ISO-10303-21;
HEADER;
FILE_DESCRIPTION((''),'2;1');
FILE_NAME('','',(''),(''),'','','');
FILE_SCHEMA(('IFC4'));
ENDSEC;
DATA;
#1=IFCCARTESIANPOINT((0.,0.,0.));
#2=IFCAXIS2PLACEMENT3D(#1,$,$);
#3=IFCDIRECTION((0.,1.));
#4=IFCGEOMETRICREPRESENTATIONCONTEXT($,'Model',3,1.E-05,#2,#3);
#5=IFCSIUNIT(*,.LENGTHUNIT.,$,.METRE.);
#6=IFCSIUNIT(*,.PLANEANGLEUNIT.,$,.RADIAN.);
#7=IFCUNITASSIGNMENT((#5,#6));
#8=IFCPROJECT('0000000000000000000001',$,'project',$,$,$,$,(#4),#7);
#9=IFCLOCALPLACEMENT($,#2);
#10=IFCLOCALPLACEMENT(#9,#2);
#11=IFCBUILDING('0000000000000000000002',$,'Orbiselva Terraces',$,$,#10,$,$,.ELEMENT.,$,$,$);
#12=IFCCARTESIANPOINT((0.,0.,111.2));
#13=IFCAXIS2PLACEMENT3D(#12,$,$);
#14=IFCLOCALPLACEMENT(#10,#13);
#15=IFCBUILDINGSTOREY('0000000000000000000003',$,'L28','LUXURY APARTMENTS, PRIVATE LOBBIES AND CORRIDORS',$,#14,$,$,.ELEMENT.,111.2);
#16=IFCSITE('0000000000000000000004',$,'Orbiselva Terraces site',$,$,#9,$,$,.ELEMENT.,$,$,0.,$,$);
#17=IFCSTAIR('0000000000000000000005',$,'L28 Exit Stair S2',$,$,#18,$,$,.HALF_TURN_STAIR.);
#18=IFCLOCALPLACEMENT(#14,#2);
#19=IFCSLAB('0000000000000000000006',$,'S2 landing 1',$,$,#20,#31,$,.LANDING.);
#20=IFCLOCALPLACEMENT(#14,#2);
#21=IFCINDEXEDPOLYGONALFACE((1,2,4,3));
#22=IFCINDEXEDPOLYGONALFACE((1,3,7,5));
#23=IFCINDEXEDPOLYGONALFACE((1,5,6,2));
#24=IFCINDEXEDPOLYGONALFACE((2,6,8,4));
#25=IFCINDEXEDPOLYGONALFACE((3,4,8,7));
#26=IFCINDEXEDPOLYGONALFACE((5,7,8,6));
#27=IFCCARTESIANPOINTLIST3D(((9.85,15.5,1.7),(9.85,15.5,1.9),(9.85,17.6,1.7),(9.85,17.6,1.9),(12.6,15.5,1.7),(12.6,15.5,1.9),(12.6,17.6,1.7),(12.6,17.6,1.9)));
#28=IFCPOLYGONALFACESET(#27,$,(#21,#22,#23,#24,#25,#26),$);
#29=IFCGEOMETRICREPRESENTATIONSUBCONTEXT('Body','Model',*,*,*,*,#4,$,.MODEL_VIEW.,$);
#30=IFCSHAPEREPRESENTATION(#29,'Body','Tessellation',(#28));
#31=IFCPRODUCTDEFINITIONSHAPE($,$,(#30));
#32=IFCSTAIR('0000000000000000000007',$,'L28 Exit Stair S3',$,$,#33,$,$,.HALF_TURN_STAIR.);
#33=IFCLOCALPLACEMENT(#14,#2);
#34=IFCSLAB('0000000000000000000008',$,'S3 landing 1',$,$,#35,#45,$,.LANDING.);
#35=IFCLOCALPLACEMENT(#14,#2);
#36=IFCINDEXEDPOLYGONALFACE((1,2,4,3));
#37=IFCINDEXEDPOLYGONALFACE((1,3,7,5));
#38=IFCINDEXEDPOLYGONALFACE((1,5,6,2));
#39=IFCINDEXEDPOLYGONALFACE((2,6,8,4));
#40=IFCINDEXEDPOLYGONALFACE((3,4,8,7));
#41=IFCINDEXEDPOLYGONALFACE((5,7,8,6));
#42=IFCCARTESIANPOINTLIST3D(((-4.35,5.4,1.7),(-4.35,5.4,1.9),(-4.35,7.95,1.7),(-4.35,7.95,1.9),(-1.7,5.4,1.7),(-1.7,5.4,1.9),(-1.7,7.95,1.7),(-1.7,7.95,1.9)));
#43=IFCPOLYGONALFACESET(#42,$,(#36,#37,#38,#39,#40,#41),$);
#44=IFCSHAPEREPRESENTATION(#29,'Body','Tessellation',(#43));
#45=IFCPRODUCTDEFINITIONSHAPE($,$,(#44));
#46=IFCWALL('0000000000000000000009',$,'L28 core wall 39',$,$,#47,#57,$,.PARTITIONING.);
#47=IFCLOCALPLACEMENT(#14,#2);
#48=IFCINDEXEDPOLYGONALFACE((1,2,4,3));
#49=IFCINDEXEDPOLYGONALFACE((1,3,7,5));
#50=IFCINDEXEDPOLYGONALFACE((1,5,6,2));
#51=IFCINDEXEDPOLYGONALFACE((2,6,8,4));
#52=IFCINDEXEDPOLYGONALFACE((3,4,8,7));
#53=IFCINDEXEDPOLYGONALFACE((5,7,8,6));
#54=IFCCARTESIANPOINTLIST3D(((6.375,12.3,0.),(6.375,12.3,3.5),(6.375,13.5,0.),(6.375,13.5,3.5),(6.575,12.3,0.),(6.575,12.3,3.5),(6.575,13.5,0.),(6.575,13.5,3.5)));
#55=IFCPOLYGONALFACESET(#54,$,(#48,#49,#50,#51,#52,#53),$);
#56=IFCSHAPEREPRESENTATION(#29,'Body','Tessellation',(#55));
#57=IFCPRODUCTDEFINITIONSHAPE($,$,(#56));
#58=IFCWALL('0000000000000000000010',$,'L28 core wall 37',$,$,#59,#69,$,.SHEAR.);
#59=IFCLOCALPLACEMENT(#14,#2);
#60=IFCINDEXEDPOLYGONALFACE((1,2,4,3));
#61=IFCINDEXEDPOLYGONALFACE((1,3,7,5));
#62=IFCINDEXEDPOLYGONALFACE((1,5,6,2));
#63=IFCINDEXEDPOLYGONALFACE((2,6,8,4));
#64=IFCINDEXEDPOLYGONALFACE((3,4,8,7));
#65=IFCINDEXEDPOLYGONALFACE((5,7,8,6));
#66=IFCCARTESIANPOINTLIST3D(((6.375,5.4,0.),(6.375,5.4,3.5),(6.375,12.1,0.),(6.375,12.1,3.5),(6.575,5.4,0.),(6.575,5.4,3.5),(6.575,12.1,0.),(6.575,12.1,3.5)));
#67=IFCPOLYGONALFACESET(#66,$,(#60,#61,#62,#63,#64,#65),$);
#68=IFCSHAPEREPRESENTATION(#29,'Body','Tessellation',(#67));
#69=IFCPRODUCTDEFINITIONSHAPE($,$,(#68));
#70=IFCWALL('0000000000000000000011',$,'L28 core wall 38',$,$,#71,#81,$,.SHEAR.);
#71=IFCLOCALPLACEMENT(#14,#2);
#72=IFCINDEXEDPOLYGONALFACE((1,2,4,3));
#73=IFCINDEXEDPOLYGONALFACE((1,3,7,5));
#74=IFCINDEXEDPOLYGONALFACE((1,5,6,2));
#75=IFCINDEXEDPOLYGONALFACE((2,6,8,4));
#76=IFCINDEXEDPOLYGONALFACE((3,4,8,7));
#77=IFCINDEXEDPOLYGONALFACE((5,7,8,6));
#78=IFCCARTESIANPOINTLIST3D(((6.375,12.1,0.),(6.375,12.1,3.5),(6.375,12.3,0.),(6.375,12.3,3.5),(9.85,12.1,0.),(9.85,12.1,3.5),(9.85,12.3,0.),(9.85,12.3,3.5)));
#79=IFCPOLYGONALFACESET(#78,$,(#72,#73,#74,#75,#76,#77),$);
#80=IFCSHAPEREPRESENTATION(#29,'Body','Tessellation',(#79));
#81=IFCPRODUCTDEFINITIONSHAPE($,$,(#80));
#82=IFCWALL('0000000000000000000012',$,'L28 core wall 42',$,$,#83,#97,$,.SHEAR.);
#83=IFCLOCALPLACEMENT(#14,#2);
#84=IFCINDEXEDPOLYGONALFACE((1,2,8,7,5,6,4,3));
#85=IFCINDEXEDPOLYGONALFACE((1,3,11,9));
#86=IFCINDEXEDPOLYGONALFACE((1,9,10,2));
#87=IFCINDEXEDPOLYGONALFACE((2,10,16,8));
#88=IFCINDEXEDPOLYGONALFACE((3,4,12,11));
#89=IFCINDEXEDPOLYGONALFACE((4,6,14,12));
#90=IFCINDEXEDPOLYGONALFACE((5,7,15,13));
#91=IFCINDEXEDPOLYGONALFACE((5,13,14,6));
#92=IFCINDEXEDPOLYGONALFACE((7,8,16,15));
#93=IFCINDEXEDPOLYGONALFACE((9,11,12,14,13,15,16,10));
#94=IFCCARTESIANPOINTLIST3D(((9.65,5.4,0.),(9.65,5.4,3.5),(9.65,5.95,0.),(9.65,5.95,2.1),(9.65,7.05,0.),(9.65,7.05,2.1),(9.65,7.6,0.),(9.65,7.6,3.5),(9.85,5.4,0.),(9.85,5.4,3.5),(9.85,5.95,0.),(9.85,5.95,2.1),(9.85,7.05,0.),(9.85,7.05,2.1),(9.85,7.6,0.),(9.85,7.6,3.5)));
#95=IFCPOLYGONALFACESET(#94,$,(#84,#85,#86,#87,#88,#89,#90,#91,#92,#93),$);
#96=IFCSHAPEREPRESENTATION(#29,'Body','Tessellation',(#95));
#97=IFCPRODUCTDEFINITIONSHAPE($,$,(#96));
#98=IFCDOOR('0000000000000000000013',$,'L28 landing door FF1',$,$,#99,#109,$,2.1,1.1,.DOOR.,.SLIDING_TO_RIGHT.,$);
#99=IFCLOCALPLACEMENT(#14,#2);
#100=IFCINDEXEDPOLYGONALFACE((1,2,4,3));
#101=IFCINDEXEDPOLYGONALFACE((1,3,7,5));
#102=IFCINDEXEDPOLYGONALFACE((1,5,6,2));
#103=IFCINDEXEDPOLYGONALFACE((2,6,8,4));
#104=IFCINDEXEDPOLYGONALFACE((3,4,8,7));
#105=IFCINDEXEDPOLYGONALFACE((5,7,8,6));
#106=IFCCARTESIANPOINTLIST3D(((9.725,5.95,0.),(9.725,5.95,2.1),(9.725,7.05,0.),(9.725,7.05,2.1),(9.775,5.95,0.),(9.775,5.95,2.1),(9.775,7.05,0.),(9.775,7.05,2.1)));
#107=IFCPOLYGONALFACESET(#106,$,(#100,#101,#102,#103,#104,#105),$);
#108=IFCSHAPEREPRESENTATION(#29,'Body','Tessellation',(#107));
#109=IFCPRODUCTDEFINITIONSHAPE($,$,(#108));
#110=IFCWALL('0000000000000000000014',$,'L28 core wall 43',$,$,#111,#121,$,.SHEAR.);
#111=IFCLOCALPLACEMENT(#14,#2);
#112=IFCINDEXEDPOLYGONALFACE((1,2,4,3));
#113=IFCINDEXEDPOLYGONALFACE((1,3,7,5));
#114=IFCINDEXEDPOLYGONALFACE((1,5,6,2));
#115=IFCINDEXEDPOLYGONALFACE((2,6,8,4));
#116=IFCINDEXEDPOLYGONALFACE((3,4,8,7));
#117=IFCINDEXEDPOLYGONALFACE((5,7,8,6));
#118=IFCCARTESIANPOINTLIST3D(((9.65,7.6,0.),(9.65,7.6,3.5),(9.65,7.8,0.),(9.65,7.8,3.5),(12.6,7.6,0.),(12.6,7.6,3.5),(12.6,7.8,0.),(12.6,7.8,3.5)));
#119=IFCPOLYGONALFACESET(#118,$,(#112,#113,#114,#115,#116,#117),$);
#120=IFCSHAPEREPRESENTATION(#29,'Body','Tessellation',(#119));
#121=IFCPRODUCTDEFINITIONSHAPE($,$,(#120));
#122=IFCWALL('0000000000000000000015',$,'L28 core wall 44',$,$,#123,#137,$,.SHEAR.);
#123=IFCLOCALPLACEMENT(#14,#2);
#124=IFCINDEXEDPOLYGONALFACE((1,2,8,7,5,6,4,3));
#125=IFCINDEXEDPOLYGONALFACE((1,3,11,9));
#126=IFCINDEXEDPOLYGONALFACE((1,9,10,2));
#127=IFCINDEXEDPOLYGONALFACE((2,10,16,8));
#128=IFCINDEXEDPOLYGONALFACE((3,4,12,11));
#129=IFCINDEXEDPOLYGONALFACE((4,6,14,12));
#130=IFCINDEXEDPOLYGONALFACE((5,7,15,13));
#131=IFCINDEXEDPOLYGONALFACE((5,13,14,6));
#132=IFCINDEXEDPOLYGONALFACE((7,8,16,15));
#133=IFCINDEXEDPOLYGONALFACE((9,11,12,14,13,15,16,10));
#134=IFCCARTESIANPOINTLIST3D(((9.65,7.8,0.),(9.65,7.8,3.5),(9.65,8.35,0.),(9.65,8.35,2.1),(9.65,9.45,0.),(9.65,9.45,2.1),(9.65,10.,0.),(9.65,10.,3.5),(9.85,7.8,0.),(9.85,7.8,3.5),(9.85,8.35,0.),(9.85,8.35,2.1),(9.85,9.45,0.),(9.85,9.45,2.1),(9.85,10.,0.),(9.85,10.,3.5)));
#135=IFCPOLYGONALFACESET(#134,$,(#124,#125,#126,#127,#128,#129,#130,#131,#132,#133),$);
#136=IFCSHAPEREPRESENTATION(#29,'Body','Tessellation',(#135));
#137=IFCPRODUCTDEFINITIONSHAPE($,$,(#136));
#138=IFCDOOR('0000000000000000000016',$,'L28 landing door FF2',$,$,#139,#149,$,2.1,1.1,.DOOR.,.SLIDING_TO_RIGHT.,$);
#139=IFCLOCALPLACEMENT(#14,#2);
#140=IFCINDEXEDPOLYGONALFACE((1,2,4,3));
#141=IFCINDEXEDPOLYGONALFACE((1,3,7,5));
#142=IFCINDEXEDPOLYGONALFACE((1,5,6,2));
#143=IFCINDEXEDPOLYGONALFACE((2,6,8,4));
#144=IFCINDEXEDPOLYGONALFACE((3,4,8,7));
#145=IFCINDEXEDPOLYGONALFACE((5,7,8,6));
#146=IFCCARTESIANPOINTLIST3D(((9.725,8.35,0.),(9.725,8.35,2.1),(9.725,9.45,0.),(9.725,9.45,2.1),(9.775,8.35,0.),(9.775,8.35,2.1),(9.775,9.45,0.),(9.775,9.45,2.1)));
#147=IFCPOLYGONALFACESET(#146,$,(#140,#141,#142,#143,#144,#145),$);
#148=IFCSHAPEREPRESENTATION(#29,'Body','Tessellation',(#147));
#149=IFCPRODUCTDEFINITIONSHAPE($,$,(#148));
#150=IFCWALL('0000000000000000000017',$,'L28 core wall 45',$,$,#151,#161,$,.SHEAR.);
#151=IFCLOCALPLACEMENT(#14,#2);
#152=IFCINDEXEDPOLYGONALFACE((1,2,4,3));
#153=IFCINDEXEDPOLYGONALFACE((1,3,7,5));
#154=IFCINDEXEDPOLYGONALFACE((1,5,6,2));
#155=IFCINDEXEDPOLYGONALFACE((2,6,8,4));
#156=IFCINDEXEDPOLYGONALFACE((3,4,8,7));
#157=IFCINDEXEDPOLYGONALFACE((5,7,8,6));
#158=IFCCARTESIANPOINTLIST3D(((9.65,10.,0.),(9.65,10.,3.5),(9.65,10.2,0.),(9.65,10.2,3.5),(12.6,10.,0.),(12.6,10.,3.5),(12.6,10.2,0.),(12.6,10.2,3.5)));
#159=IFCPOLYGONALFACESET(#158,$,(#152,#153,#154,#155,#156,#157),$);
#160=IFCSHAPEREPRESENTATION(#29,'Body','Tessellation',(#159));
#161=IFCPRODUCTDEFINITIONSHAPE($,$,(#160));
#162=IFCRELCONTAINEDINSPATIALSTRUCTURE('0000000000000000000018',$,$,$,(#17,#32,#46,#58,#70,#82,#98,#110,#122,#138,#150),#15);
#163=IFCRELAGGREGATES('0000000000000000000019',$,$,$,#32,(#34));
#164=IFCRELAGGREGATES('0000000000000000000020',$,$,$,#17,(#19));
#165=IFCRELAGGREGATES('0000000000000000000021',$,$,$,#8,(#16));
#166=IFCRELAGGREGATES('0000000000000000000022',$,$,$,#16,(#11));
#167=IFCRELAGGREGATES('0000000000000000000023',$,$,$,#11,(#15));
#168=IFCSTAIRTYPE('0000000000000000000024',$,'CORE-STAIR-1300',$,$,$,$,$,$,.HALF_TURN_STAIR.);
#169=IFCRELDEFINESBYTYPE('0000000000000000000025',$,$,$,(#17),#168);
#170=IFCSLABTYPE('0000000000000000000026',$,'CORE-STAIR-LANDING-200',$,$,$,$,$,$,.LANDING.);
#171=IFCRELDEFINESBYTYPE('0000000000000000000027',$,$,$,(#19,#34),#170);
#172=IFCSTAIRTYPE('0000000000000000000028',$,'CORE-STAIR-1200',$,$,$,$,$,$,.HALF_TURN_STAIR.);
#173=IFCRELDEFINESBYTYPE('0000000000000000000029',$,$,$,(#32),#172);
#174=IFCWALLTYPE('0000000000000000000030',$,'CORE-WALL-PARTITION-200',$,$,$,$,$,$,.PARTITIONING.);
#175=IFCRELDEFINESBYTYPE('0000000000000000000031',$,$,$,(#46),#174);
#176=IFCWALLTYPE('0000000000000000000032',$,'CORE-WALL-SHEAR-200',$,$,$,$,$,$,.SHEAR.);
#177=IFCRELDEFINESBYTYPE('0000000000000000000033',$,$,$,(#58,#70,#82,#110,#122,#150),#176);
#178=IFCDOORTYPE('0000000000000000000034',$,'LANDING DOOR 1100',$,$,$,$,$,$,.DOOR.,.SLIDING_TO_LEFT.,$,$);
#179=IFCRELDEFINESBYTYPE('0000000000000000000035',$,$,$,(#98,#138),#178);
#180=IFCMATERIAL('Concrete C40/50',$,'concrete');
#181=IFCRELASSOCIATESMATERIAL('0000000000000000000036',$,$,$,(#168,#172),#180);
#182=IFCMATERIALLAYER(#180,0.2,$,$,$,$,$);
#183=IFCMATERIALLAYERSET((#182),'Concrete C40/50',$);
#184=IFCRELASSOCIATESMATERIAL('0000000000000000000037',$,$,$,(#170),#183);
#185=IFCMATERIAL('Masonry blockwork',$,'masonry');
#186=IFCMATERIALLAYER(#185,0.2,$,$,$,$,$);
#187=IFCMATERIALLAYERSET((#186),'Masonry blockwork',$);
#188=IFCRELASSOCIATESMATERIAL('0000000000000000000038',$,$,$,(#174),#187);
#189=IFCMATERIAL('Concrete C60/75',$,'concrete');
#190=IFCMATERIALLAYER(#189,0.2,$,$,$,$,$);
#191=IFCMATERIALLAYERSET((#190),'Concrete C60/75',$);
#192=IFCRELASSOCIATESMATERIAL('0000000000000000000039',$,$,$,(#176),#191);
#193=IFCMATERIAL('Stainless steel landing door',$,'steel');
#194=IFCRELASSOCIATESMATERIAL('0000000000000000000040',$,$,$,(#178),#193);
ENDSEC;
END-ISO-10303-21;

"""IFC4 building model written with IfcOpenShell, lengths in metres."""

from ifc_helpers import new_model, si_unit, direction, frame, frame_2d, origin, place, context, subcontext, project, spatial, polyline, rectangle, outline, extrude, material, layer, layer_set, type_object, element, fill, aggregate, save


model = new_model("IFC4")

# Units and contexts
model_context = context("Model", 3, precision=1e-05, world=origin(), true_north=direction((0.0, 1.0)))
body_context = subcontext(model_context, "Body", "Model", "MODEL_VIEW")
ifc_project = project(units=[si_unit("LENGTHUNIT", "METRE"), si_unit("PLANEANGLEUNIT", "RADIAN")], contexts=[model_context])

# Site, building, storey
site_placement = place(None, origin())
site = spatial("IfcSite", under=ifc_project, at=site_placement, Name="Orbiselva Terraces site", CompositionType="ELEMENT", RefElevation=0.0)
building_placement = place(site_placement, origin())
building = spatial("IfcBuilding", under=site, at=building_placement, Name="Orbiselva Terraces", CompositionType="ELEMENT")
storey_placement = place(building_placement, frame((0.0, 0.0, 111.2)))
storey = spatial("IfcBuildingStorey", under=building, at=storey_placement, Name="L28", Description="LUXURY APARTMENTS, PRIVATE LOBBIES AND CORRIDORS", CompositionType="ELEMENT", Elevation=111.2)

# Stairs, slabs
ifc_material_1 = material(Name="Concrete C40/50", Category="concrete")
stair_type_1 = type_object("IfcStairType", Name="CORE-STAIR-1300", PredefinedType="HALF_TURN_STAIR", material=ifc_material_1)
stair_1_placement = place(storey_placement, origin())
stair_1 = element("IfcStair", 1, at=stair_1_placement, inside=storey, type_object=stair_type_1, Name="L28 Exit Stair S2", PredefinedType="HALF_TURN_STAIR")
ifc_layer_1 = layer(ifc_material_1, 0.2)
ifc_layer_set_1 = layer_set([ifc_layer_1], Name="Concrete C40/50")
slab_type = type_object("IfcSlabType", Name="CORE-STAIR-LANDING-200", PredefinedType="LANDING", material=ifc_layer_set_1)
slab_1_placement = place(storey_placement, frame((0.0, 0.0, 1.7)))
slab_1 = element("IfcSlab", 2, at=slab_1_placement, type_object=slab_type, Name="S2 landing 1", PredefinedType="LANDING", context=body_context, shape_type="SweptSolid", body=[
    extrude(outline(polyline([(12.6, 15.5), (12.6, 17.6), (9.85, 17.6), (9.85, 15.5), (12.6, 15.5)])), origin(), (0.0, 0.0, 1.0), 0.2),
])
stair_type_2 = type_object("IfcStairType", Name="CORE-STAIR-1200", PredefinedType="HALF_TURN_STAIR", material=ifc_material_1)
stair_2_placement = place(storey_placement, origin())
stair_2 = element("IfcStair", 3, at=stair_2_placement, inside=storey, type_object=stair_type_2, Name="L28 Exit Stair S3", PredefinedType="HALF_TURN_STAIR")
slab_2_placement = place(storey_placement, frame((0.0, 0.0, 1.7)))
slab_2 = element("IfcSlab", 4, at=slab_2_placement, type_object=slab_type, Name="S3 landing 1", PredefinedType="LANDING", context=body_context, shape_type="SweptSolid", body=[
    extrude(outline(polyline([(-4.35, 5.4), (-1.7, 5.4), (-1.7, 7.95), (-4.35, 7.95), (-4.35, 5.4)])), origin(), (0.0, 0.0, 1.0), 0.2),
])
aggregate(stair_2, [slab_2])

# Walls
ifc_material_2 = material(Name="Masonry blockwork", Category="masonry")
ifc_layer_2 = layer(ifc_material_2, 0.2)
ifc_layer_set_2 = layer_set([ifc_layer_2], Name="Masonry blockwork")
wall_type_1 = type_object("IfcWallType", Name="CORE-WALL-PARTITION-200", PredefinedType="PARTITIONING", material=ifc_layer_set_2)
wall_1_placement = place(storey_placement, frame((6.475, 12.3, 0.0), z_axis=(0.0, 0.0, 1.0), x_axis=(0.0, 1.0, 0.0)))
element("IfcWall", 5, at=wall_1_placement, inside=storey, type_object=wall_type_1, Name="L28 core wall 39", PredefinedType="PARTITIONING", context=body_context, shape_type="SweptSolid", body=[
    extrude(rectangle(XDim=1.2, YDim=0.2, at=frame_2d((0.6, 0.0))), origin(), (0.0, 0.0, 1.0), 3.5),
])
ifc_material_3 = material(Name="Concrete C60/75", Category="concrete")
ifc_layer_3 = layer(ifc_material_3, 0.2)
ifc_layer_set_3 = layer_set([ifc_layer_3], Name="Concrete C60/75")
wall_type_2 = type_object("IfcWallType", Name="CORE-WALL-SHEAR-200", PredefinedType="SHEAR", material=ifc_layer_set_3)
wall_2_placement = place(storey_placement, frame((6.475, 5.4, 0.0), z_axis=(0.0, 0.0, 1.0), x_axis=(0.0, 1.0, 0.0)))
element("IfcWall", 6, at=wall_2_placement, inside=storey, type_object=wall_type_2, Name="L28 core wall 37", PredefinedType="SHEAR", context=body_context, shape_type="SweptSolid", body=[
    extrude(rectangle(XDim=6.7, YDim=0.2, at=frame_2d((3.35, 0.0))), origin(), (0.0, 0.0, 1.0), 3.5),
])
wall_3_placement = place(storey_placement, frame((6.375, 12.2, 0.0), z_axis=(0.0, 0.0, 1.0), x_axis=(1.0, 0.0, 0.0)))
element("IfcWall", 7, at=wall_3_placement, inside=storey, type_object=wall_type_2, Name="L28 core wall 38", PredefinedType="SHEAR", context=body_context, shape_type="SweptSolid", body=[
    extrude(rectangle(XDim=3.475, YDim=0.2, at=frame_2d((1.7375, 0.0))), origin(), (0.0, 0.0, 1.0), 3.5),
])

# Wall, opening, door
wall_4_placement = place(storey_placement, frame((9.75, 5.4, 0.0), z_axis=(0.0, 0.0, 1.0), x_axis=(0.0, 1.0, 0.0)))
wall_4 = element("IfcWall", 8, at=wall_4_placement, inside=storey, type_object=wall_type_2, Name="L28 core wall 42", PredefinedType="SHEAR", context=body_context, shape_type="SweptSolid", body=[
    extrude(rectangle(XDim=2.2, YDim=0.2, at=frame_2d((1.1, 0.0))), origin(), (0.0, 0.0, 1.0), 3.5),
])
opening_1_placement = place(wall_4_placement, frame((0.55, 0.0, 0.0)))
opening_1 = element("IfcOpeningElement", 9, at=opening_1_placement, cuts=wall_4, PredefinedType="OPENING", context=body_context, shape_type="SweptSolid", body=[
    extrude(rectangle(XDim=1.1, YDim=2.1, at=frame_2d((0.55, 1.05))), frame((0.0, 0.11, 0.0), z_axis=(0.0, -1.0, 0.0), x_axis=(1.0, 0.0, 0.0)), (0.0, 0.0, 1.0), 0.22),
])
ifc_material_4 = material(Name="Stainless steel landing door", Category="steel")
door_type_1 = type_object("IfcDoorType", Name="LANDING DOOR 1100", OperationType="SLIDING_TO_LEFT", PredefinedType="DOOR", material=ifc_material_4)
door_1_placement = place(opening_1_placement, origin())
door_1 = element("IfcDoor", 10, at=door_1_placement, inside=storey, type_object=door_type_1, Name="L28 landing door FF1", OperationType="SLIDING_TO_RIGHT", OverallHeight=2.1, OverallWidth=1.1, PredefinedType="DOOR", context=body_context, shape_type="SweptSolid", body=[
    extrude(rectangle(XDim=1.1, YDim=2.1, at=frame_2d((0.55, 1.05))), frame((0.0, 0.025, 0.0), z_axis=(0.0, -1.0, 0.0), x_axis=(1.0, 0.0, 0.0)), (0.0, 0.0, 1.0), 0.05),
])
fill(opening_1, door_1)

# Wall
wall_5_placement = place(storey_placement, frame((9.65, 7.7, 0.0), z_axis=(0.0, 0.0, 1.0), x_axis=(1.0, 0.0, 0.0)))
element("IfcWall", 11, at=wall_5_placement, inside=storey, type_object=wall_type_2, Name="L28 core wall 43", PredefinedType="SHEAR", context=body_context, shape_type="SweptSolid", body=[
    extrude(rectangle(XDim=2.95, YDim=0.2, at=frame_2d((1.475, 0.0))), origin(), (0.0, 0.0, 1.0), 3.5),
])

# Wall, opening, door
wall_6_placement = place(storey_placement, frame((9.75, 7.8, 0.0), z_axis=(0.0, 0.0, 1.0), x_axis=(0.0, 1.0, 0.0)))
wall_6 = element("IfcWall", 12, at=wall_6_placement, inside=storey, type_object=wall_type_2, Name="L28 core wall 44", PredefinedType="SHEAR", context=body_context, shape_type="SweptSolid", body=[
    extrude(rectangle(XDim=2.2, YDim=0.2, at=frame_2d((1.1, 0.0))), origin(), (0.0, 0.0, 1.0), 3.5),
])
opening_2_placement = place(wall_6_placement, frame((0.55, 0.0, 0.0)))
opening_2 = element("IfcOpeningElement", 13, at=opening_2_placement, cuts=wall_6, PredefinedType="OPENING", context=body_context, shape_type="SweptSolid", body=[
    extrude(rectangle(XDim=1.1, YDim=2.1, at=frame_2d((0.55, 1.05))), frame((0.0, 0.11, 0.0), z_axis=(0.0, -1.0, 0.0), x_axis=(1.0, 0.0, 0.0)), (0.0, 0.0, 1.0), 0.22),
])
door_2_placement = place(opening_2_placement, origin())
door_2 = element("IfcDoor", 14, at=door_2_placement, inside=storey, type_object=door_type_1, Name="L28 landing door FF2", OperationType="SLIDING_TO_RIGHT", OverallHeight=2.1, OverallWidth=1.1, PredefinedType="DOOR", context=body_context, shape_type="SweptSolid", body=[
    extrude(rectangle(XDim=1.1, YDim=2.1, at=frame_2d((0.55, 1.05))), frame((0.0, 0.025, 0.0), z_axis=(0.0, -1.0, 0.0), x_axis=(1.0, 0.0, 0.0)), (0.0, 0.0, 1.0), 0.05),
])
fill(opening_2, door_2)

# Wall
wall_7_placement = place(storey_placement, frame((9.65, 10.1, 0.0), z_axis=(0.0, 0.0, 1.0), x_axis=(1.0, 0.0, 0.0)))
element("IfcWall", 15, at=wall_7_placement, inside=storey, type_object=wall_type_2, Name="L28 core wall 45", PredefinedType="SHEAR", context=body_context, shape_type="SweptSolid", body=[
    extrude(rectangle(XDim=2.95, YDim=0.2, at=frame_2d((1.475, 0.0))), origin(), (0.0, 0.0, 1.0), 3.5),
])

aggregate(stair_1, [slab_1])

save(model, "model.ifc")
